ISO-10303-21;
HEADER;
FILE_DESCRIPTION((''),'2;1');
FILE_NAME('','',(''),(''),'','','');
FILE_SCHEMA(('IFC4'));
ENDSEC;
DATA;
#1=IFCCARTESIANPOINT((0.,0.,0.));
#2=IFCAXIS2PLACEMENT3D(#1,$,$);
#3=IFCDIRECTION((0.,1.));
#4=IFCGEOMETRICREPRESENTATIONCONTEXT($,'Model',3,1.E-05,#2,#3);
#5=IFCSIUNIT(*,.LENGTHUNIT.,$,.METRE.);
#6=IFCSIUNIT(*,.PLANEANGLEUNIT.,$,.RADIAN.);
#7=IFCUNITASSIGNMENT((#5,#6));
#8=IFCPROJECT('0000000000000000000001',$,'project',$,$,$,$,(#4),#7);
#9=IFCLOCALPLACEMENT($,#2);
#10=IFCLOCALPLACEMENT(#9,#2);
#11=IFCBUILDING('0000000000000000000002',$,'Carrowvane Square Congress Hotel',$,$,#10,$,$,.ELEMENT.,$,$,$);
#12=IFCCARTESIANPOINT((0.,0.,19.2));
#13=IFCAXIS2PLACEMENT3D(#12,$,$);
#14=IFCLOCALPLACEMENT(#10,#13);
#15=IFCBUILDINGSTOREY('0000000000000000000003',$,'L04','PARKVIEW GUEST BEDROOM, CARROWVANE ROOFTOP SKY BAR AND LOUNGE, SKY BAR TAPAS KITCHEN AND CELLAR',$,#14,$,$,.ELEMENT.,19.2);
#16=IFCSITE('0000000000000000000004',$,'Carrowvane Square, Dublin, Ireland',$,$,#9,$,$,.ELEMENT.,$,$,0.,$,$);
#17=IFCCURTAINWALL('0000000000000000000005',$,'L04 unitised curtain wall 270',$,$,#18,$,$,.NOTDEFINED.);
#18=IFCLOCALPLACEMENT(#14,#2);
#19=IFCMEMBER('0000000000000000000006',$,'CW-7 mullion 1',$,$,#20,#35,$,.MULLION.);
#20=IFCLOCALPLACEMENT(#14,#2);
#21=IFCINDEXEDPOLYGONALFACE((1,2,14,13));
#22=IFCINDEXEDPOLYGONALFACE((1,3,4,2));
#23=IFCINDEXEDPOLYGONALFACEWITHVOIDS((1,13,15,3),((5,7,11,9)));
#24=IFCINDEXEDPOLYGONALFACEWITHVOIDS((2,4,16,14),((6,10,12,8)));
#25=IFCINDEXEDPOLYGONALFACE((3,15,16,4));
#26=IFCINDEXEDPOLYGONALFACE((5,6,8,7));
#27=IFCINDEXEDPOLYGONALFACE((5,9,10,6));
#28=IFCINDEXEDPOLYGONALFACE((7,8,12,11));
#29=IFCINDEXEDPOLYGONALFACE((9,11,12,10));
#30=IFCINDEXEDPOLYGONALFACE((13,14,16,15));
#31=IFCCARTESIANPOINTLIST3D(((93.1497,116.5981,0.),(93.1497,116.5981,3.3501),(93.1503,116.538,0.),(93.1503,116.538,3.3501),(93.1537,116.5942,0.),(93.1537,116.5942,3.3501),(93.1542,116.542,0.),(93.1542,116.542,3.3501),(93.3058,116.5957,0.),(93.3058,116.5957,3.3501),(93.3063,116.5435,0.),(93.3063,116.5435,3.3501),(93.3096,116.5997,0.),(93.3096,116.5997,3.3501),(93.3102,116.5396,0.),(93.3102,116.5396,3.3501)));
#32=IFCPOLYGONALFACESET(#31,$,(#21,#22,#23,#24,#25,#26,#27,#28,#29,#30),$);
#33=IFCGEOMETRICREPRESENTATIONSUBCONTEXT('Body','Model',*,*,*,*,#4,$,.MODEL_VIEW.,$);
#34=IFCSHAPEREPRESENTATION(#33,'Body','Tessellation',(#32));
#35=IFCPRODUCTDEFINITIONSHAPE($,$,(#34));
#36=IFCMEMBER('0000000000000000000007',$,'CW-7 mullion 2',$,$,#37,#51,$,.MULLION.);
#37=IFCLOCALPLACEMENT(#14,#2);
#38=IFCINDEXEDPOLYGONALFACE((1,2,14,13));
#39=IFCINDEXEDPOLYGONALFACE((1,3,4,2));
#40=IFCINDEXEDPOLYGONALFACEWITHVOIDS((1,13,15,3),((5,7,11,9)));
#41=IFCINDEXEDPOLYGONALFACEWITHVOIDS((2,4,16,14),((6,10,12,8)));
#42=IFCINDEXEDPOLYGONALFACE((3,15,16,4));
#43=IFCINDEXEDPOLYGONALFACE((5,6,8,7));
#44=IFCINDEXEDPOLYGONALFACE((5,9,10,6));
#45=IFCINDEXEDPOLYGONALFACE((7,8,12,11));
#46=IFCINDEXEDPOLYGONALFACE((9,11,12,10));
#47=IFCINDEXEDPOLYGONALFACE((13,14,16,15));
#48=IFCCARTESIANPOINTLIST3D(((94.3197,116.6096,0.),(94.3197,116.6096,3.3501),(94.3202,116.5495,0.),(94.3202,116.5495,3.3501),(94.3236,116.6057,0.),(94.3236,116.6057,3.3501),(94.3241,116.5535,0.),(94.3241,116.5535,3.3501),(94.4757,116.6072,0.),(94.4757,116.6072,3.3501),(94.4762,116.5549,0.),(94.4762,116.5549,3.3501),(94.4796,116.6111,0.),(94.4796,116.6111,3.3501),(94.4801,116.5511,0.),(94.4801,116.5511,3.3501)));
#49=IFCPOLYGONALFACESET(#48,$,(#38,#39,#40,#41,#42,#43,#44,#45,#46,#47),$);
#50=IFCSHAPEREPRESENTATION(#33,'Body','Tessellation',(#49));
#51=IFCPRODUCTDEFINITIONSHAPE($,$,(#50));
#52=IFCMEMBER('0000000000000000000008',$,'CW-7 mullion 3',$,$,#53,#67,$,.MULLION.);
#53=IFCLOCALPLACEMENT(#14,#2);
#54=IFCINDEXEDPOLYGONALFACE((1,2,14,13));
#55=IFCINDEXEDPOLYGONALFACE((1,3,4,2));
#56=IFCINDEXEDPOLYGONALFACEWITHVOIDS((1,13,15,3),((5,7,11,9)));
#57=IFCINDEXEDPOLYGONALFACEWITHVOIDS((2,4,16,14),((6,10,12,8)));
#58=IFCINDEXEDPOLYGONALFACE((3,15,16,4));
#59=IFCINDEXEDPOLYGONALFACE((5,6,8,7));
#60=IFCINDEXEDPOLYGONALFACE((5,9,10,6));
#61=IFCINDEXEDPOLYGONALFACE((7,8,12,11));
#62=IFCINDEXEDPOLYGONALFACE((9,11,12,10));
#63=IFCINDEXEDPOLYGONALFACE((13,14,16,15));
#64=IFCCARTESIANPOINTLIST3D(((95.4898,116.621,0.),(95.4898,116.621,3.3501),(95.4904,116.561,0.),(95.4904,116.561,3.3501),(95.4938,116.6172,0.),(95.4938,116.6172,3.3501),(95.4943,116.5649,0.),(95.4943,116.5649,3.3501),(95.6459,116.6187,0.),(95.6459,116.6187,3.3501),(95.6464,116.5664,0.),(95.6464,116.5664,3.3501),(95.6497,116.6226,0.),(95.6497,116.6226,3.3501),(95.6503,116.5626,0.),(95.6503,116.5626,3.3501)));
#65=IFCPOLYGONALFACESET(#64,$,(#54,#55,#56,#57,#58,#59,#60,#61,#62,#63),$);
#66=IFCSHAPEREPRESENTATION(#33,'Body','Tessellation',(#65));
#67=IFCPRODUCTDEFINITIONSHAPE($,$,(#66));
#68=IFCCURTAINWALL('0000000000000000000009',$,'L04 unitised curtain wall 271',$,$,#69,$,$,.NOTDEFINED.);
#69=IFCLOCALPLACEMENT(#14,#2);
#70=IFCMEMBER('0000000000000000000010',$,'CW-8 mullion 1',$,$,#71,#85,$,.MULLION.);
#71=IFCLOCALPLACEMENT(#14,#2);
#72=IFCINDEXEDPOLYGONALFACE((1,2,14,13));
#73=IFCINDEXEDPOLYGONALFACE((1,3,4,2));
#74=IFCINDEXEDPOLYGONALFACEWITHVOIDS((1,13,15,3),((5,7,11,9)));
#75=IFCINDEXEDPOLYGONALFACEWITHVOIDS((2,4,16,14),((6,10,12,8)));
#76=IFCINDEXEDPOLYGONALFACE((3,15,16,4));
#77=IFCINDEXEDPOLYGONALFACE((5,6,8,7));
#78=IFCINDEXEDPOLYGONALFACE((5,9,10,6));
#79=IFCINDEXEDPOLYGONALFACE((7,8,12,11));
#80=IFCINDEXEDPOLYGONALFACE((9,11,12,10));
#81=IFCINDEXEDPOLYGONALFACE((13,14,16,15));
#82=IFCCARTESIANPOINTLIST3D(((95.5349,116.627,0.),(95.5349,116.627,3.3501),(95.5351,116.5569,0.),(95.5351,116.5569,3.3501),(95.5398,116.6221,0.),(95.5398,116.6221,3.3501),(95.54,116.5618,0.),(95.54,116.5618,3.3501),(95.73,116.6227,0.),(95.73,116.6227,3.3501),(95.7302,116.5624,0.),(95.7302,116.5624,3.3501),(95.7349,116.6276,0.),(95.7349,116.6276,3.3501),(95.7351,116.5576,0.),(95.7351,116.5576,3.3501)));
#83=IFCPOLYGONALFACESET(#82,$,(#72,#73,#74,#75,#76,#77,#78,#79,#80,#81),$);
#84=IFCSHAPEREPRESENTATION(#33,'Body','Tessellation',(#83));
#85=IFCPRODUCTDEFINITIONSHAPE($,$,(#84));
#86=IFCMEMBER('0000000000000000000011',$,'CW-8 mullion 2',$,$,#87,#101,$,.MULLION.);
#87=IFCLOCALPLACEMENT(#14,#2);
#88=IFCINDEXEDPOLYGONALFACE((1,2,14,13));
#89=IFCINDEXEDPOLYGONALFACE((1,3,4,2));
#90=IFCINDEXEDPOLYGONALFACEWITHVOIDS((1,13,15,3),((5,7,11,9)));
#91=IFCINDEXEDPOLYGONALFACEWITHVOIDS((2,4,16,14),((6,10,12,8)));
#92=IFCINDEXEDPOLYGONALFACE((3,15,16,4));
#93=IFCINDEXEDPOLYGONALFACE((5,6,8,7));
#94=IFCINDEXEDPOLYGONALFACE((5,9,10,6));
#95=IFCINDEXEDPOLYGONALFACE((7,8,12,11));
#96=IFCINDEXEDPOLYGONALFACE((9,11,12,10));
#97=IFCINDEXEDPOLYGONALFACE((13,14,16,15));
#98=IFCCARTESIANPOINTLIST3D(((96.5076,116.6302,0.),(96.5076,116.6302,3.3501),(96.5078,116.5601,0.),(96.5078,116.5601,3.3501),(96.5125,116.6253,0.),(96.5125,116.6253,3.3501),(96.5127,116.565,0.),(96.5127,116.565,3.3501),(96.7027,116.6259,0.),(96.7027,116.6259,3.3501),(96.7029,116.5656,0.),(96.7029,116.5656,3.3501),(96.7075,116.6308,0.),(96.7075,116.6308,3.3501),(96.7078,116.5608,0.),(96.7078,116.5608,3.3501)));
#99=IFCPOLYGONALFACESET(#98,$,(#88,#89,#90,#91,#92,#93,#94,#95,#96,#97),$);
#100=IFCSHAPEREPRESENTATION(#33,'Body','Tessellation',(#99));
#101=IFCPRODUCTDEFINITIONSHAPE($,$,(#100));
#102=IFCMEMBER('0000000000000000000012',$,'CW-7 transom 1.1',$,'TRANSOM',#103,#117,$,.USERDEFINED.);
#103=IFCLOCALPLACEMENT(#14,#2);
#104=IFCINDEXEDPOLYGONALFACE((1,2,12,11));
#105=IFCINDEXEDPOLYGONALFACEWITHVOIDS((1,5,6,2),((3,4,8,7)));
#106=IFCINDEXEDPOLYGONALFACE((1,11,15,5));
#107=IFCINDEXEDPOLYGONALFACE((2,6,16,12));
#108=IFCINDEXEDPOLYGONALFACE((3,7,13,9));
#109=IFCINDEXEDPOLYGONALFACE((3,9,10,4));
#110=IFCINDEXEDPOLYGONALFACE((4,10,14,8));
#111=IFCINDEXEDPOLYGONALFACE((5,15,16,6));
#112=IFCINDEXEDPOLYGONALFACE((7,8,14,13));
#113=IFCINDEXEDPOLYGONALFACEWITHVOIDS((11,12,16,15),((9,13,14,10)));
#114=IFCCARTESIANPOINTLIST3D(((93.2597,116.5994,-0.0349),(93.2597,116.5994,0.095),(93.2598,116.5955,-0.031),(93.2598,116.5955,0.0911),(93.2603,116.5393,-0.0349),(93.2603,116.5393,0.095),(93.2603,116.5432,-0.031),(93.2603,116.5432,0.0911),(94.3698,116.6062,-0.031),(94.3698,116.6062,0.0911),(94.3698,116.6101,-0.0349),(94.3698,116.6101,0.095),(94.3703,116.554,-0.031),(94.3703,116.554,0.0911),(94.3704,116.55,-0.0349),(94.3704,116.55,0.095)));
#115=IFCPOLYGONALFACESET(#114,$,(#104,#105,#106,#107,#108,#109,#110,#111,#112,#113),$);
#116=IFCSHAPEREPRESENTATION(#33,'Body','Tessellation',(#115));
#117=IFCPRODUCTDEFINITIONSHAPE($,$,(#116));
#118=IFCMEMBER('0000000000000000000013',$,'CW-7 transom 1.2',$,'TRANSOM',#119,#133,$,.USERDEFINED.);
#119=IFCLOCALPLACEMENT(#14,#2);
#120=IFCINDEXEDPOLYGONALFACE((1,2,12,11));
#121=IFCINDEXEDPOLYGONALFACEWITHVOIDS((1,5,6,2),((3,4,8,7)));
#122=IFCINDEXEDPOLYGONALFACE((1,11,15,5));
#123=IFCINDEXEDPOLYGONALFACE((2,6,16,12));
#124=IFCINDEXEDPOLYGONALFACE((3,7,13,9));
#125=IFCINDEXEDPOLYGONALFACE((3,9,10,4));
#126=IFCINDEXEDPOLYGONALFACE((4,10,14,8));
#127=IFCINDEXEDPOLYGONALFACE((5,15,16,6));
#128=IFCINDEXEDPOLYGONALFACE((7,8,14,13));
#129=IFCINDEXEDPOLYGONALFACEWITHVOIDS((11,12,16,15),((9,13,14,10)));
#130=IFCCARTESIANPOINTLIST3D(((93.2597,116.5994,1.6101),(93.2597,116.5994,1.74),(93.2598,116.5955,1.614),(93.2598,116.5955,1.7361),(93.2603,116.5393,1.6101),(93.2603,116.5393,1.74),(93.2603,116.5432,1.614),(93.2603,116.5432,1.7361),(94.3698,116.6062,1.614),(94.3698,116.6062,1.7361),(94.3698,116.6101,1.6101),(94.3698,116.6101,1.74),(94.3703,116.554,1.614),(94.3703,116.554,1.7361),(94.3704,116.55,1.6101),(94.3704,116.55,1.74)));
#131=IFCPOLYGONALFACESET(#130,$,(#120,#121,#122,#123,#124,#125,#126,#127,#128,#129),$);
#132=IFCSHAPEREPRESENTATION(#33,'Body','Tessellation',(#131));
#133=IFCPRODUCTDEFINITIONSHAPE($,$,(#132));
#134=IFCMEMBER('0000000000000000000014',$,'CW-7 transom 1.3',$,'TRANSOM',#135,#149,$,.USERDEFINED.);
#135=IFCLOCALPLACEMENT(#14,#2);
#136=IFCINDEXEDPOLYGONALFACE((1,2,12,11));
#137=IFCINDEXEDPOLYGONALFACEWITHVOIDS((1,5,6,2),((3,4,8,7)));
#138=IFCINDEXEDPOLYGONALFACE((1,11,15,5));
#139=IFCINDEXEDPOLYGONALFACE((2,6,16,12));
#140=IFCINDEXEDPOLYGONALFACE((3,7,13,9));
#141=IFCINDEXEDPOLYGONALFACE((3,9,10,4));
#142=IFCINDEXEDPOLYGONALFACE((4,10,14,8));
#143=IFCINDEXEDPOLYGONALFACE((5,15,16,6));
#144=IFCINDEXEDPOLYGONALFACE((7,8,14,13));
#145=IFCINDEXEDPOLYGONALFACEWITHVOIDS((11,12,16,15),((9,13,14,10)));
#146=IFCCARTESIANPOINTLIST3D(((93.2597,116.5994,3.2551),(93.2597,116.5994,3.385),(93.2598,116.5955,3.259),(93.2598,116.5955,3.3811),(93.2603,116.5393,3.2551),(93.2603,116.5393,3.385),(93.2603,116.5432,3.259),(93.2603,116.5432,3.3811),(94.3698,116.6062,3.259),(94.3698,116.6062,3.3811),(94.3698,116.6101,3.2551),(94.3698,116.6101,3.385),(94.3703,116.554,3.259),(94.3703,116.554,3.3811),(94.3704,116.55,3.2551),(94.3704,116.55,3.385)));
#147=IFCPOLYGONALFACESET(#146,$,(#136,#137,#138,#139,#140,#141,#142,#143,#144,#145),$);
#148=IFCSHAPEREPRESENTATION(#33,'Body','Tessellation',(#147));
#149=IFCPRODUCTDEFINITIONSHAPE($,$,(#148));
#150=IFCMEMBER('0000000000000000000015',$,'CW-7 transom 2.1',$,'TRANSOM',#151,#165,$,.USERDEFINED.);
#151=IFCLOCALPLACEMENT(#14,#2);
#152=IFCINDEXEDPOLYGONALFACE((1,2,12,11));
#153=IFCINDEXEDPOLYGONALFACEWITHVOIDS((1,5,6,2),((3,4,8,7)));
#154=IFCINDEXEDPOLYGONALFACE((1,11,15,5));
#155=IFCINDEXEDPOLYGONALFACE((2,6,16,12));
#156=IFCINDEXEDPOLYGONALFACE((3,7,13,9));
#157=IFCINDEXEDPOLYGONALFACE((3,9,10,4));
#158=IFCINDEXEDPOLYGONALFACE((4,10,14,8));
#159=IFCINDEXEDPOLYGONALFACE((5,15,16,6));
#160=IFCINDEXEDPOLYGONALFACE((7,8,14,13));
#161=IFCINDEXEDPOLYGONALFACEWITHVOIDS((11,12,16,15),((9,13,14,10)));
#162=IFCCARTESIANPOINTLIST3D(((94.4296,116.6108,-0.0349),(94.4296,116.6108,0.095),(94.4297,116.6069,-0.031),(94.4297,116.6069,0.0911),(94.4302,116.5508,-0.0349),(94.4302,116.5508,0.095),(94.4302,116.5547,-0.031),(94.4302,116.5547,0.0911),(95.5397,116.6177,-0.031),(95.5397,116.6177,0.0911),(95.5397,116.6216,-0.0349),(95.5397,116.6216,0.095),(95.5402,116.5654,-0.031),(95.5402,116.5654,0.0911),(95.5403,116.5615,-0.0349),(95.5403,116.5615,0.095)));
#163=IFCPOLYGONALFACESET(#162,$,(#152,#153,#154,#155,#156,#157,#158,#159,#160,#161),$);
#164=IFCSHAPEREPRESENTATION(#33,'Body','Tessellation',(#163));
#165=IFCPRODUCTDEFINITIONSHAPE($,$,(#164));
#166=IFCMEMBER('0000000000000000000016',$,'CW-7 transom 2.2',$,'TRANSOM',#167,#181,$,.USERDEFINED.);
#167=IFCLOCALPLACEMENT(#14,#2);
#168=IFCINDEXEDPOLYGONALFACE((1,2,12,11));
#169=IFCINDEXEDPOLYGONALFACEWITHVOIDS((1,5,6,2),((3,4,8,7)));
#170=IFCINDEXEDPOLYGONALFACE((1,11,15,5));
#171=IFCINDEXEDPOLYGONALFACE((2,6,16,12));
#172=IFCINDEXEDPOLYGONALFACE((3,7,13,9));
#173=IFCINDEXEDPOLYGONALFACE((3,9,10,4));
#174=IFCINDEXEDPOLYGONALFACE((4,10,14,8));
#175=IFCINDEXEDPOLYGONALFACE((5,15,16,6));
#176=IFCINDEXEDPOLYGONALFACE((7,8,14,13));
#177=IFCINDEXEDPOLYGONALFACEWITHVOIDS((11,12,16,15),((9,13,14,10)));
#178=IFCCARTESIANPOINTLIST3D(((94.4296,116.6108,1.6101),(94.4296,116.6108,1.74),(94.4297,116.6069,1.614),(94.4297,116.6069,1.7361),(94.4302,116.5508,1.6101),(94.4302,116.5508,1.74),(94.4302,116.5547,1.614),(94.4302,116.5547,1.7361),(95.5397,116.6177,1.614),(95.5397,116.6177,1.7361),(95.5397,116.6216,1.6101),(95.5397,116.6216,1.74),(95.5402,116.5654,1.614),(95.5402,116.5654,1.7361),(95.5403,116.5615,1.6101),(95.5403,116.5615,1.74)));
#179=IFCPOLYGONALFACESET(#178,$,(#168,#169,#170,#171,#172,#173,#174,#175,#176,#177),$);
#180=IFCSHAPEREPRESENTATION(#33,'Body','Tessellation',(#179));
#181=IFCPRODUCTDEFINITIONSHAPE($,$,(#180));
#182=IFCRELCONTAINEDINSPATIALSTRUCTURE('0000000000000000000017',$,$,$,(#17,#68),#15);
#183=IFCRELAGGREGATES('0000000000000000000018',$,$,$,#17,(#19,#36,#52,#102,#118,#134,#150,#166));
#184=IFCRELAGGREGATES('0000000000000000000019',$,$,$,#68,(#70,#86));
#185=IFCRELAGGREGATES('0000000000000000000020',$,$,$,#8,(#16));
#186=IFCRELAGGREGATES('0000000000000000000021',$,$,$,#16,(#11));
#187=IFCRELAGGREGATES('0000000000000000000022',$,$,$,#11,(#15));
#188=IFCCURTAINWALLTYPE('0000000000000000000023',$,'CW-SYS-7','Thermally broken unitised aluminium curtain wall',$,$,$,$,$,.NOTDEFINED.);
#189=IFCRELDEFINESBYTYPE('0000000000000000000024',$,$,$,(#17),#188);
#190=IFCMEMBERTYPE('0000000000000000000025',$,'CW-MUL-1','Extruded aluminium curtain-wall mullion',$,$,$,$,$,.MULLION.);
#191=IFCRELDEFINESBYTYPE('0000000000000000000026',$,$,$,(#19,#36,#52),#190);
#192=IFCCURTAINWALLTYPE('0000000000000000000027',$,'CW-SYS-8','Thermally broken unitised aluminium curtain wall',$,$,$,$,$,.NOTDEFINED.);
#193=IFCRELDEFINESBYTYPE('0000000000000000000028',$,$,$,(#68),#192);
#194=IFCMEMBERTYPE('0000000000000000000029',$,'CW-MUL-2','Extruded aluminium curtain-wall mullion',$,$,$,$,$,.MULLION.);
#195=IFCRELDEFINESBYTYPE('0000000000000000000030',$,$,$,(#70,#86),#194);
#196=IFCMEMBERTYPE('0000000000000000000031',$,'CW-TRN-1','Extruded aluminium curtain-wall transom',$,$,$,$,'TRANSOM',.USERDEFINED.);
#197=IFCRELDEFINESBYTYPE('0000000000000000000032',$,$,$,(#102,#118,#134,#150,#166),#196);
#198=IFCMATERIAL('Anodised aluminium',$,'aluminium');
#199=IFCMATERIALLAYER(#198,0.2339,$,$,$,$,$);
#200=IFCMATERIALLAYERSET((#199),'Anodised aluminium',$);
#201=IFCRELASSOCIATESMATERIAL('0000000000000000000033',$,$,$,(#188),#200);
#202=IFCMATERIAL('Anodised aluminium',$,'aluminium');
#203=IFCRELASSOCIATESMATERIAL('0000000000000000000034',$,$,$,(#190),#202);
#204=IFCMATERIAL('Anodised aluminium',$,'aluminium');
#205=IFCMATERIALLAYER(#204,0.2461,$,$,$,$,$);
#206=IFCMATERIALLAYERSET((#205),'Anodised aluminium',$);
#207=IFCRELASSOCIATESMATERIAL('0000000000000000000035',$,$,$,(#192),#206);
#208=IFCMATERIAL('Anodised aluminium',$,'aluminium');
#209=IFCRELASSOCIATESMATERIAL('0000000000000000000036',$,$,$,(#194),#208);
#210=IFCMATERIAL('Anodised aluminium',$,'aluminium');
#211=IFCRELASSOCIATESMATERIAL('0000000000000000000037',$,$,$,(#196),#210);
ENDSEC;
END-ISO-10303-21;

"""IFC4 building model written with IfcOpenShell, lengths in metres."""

from ifc_helpers import new_model, si_unit, direction, frame, origin, origin_2d, place, context, subcontext, project, spatial, hollow_rectangle, extrude, material, layer, layer_set, material_profile, profile_set, type_object, element, aggregate, save


model = new_model("IFC4")

# Units and contexts
model_context = context("Model", 3, precision=1e-05, world=origin(), true_north=direction((0.0, 1.0)))
body_context = subcontext(model_context, "Body", "Model", "MODEL_VIEW")
ifc_project = project(units=[si_unit("LENGTHUNIT", "METRE"), si_unit("PLANEANGLEUNIT", "RADIAN")], contexts=[model_context])

# Site, building, storey
site_placement = place(None, origin())
site = spatial("IfcSite", under=ifc_project, at=site_placement, Name="Carrowvane Square, Dublin, Ireland", CompositionType="ELEMENT", RefElevation=0.0)
building_placement = place(site_placement, origin())
building = spatial("IfcBuilding", under=site, at=building_placement, Name="Carrowvane Square Congress Hotel", CompositionType="ELEMENT")
storey_placement = place(building_placement, frame((0.0, 0.0, 19.2)))
storey = spatial("IfcBuildingStorey", under=building, at=storey_placement, Name="L04", Description="PARKVIEW GUEST BEDROOM, CARROWVANE ROOFTOP SKY BAR AND LOUNGE, SKY BAR TAPAS KITCHEN AND CELLAR", CompositionType="ELEMENT", Elevation=19.2)

# Curtain walls, members
ifc_material_1 = material(Name="Anodised aluminium", Category="aluminium")
ifc_layer_1 = layer(ifc_material_1, 0.2339)
ifc_layer_set_1 = layer_set([ifc_layer_1], Name="Anodised aluminium")
curtain_wall_type_1 = type_object("IfcCurtainWallType", Name="CW-SYS-7", Description="Thermally broken unitised aluminium curtain wall", PredefinedType="NOTDEFINED", material=ifc_layer_set_1)
curtain_wall_1_placement = place(storey_placement, origin())
curtain_wall_1 = element("IfcCurtainWall", 1, at=curtain_wall_1_placement, inside=storey, type_object=curtain_wall_type_1, Name="L04 unitised curtain wall 270", PredefinedType="NOTDEFINED")
ifc_material_2 = material(Name="Anodised aluminium", Category="aluminium")
ifc_material_profile_1 = material_profile(ifc_material_2, hollow_rectangle(XDim=0.0601, YDim=0.1599, WallThickness=0.0039, at=origin_2d()), Name="CW-ML 60x160x4")
ifc_profile_set_1 = profile_set([ifc_material_profile_1], Name="Anodised aluminium")
member_type_1 = type_object("IfcMemberType", Name="CW-MUL-1", Description="Extruded aluminium curtain-wall mullion", PredefinedType="MULLION", material=ifc_profile_set_1)
member_1_placement = place(storey_placement, frame((93.23, 116.5688, 0.0), z_axis=(0.0, 0.0, 1.0), x_axis=(-0.009783, 0.999952, 0.0)))
member_1 = element("IfcMember", 2, at=member_1_placement, type_object=member_type_1, Name="CW-7 mullion 1", PredefinedType="MULLION", context=body_context, shape_type="SweptSolid", body=[
    extrude(hollow_rectangle(XDim=0.0601, YDim=0.1599, WallThickness=0.0039, at=origin_2d()), origin(), (0.0, 0.0, 1.0), 3.3501),
])
member_2_placement = place(storey_placement, frame((94.3999, 116.5803, 0.0), z_axis=(0.0, 0.0, 1.0), x_axis=(-0.009783, 0.999952, 0.0)))
member_2 = element("IfcMember", 3, at=member_2_placement, type_object=member_type_1, Name="CW-7 mullion 2", PredefinedType="MULLION", context=body_context, shape_type="SweptSolid", body=[
    extrude(hollow_rectangle(XDim=0.0601, YDim=0.1599, WallThickness=0.0039, at=origin_2d()), origin(), (0.0, 0.0, 1.0), 3.3501),
])
member_3_placement = place(storey_placement, frame((95.5701, 116.5918, 0.0), z_axis=(0.0, 0.0, 1.0), x_axis=(-0.009783, 0.999952, 0.0)))
member_3 = element("IfcMember", 4, at=member_3_placement, type_object=member_type_1, Name="CW-7 mullion 3", PredefinedType="MULLION", context=body_context, shape_type="SweptSolid", body=[
    extrude(hollow_rectangle(XDim=0.0601, YDim=0.1599, WallThickness=0.0039, at=origin_2d()), origin(), (0.0, 0.0, 1.0), 3.3501),
])
ifc_material_3 = material(Name="Anodised aluminium", Category="aluminium")
ifc_layer_2 = layer(ifc_material_3, 0.2461)
ifc_layer_set_2 = layer_set([ifc_layer_2], Name="Anodised aluminium")
curtain_wall_type_2 = type_object("IfcCurtainWallType", Name="CW-SYS-8", Description="Thermally broken unitised aluminium curtain wall", PredefinedType="NOTDEFINED", material=ifc_layer_set_2)
curtain_wall_2_placement = place(storey_placement, origin())
curtain_wall_2 = element("IfcCurtainWall", 5, at=curtain_wall_2_placement, inside=storey, type_object=curtain_wall_type_2, Name="L04 unitised curtain wall 271", PredefinedType="NOTDEFINED")
ifc_material_4 = material(Name="Anodised aluminium", Category="aluminium")
ifc_material_profile_2 = material_profile(ifc_material_4, hollow_rectangle(XDim=0.0701, YDim=0.2, WallThickness=0.0049, at=origin_2d()), Name="CW-ML 70x200x5")
ifc_profile_set_2 = profile_set([ifc_material_profile_2], Name="Anodised aluminium")
member_type_2 = type_object("IfcMemberType", Name="CW-MUL-2", Description="Extruded aluminium curtain-wall mullion", PredefinedType="MULLION", material=ifc_profile_set_2)
member_4_placement = place(storey_placement, frame((95.635, 116.5923, 0.0), z_axis=(0.0, 0.0, 1.0), x_axis=(-0.00327, 0.999995, 0.0)))
member_4 = element("IfcMember", 6, at=member_4_placement, type_object=member_type_2, Name="CW-8 mullion 1", PredefinedType="MULLION", context=body_context, shape_type="SweptSolid", body=[
    extrude(hollow_rectangle(XDim=0.0701, YDim=0.2, WallThickness=0.0049, at=origin_2d()), origin(), (0.0, 0.0, 1.0), 3.3501),
])
member_5_placement = place(storey_placement, frame((96.6077, 116.5955, 0.0), z_axis=(0.0, 0.0, 1.0), x_axis=(-0.00327, 0.999995, 0.0)))
member_5 = element("IfcMember", 7, at=member_5_placement, type_object=member_type_2, Name="CW-8 mullion 2", PredefinedType="MULLION", context=body_context, shape_type="SweptSolid", body=[
    extrude(hollow_rectangle(XDim=0.0701, YDim=0.2, WallThickness=0.0049, at=origin_2d()), origin(), (0.0, 0.0, 1.0), 3.3501),
])

# Members
ifc_material_5 = material(Name="Anodised aluminium", Category="aluminium")
ifc_material_profile_3 = material_profile(ifc_material_5, hollow_rectangle(XDim=0.0601, YDim=0.1299, WallThickness=0.0039, at=origin_2d()), Name="CW-TR 60x130x4")
ifc_profile_set_3 = profile_set([ifc_material_profile_3], Name="Anodised aluminium")
member_type_3 = type_object("IfcMemberType", Name="CW-TRN-1", Description="Extruded aluminium curtain-wall transom", ElementType="TRANSOM", PredefinedType="USERDEFINED", material=ifc_profile_set_3)
member_6_placement = place(storey_placement, frame((93.26, 116.5693, 0.03), z_axis=(0.999953, 0.009676, 0.0), x_axis=(-0.009676, 0.999953, 0.0)))
member_6 = element("IfcMember", 8, at=member_6_placement, type_object=member_type_3, Name="CW-7 transom 1.1", ObjectType="TRANSOM", PredefinedType="USERDEFINED", context=body_context, shape_type="SweptSolid", body=[
    extrude(hollow_rectangle(XDim=0.0601, YDim=0.1299, WallThickness=0.0039, at=origin_2d()), origin(), (0.0, 0.0, 1.0), 1.1101),
])
member_7_placement = place(storey_placement, frame((93.26, 116.5693, 1.675), z_axis=(0.999953, 0.009676, 0.0), x_axis=(-0.009676, 0.999953, 0.0)))
member_7 = element("IfcMember", 9, at=member_7_placement, type_object=member_type_3, Name="CW-7 transom 1.2", ObjectType="TRANSOM", PredefinedType="USERDEFINED", context=body_context, shape_type="SweptSolid", body=[
    extrude(hollow_rectangle(XDim=0.0601, YDim=0.1299, WallThickness=0.0039, at=origin_2d()), origin(), (0.0, 0.0, 1.0), 1.1101),
])
member_8_placement = place(storey_placement, frame((93.26, 116.5693, 3.3201), z_axis=(0.999953, 0.009676, 0.0), x_axis=(-0.009676, 0.999953, 0.0)))
member_8 = element("IfcMember", 10, at=member_8_placement, type_object=member_type_3, Name="CW-7 transom 1.3", ObjectType="TRANSOM", PredefinedType="USERDEFINED", context=body_context, shape_type="SweptSolid", body=[
    extrude(hollow_rectangle(XDim=0.0601, YDim=0.1299, WallThickness=0.0039, at=origin_2d()), origin(), (0.0, 0.0, 1.0), 1.1101),
])
member_9_placement = place(storey_placement, frame((94.4299, 116.5808, 0.03), z_axis=(0.999953, 0.009676, 0.0), x_axis=(-0.009676, 0.999953, 0.0)))
member_9 = element("IfcMember", 11, at=member_9_placement, type_object=member_type_3, Name="CW-7 transom 2.1", ObjectType="TRANSOM", PredefinedType="USERDEFINED", context=body_context, shape_type="SweptSolid", body=[
    extrude(hollow_rectangle(XDim=0.0601, YDim=0.1299, WallThickness=0.0039, at=origin_2d()), origin(), (0.0, 0.0, 1.0), 1.1101),
])
member_10_placement = place(storey_placement, frame((94.4299, 116.5808, 1.675), z_axis=(0.999953, 0.009676, 0.0), x_axis=(-0.009676, 0.999953, 0.0)))
member_10 = element("IfcMember", 12, at=member_10_placement, type_object=member_type_3, Name="CW-7 transom 2.2", ObjectType="TRANSOM", PredefinedType="USERDEFINED", context=body_context, shape_type="SweptSolid", body=[
    extrude(hollow_rectangle(XDim=0.0601, YDim=0.1299, WallThickness=0.0039, at=origin_2d()), origin(), (0.0, 0.0, 1.0), 1.1101),
])

aggregate(curtain_wall_1, [member_1, member_2, member_3, member_6, member_7, member_8, member_9, member_10])
aggregate(curtain_wall_2, [member_4, member_5])

save(model, "model.ifc")
